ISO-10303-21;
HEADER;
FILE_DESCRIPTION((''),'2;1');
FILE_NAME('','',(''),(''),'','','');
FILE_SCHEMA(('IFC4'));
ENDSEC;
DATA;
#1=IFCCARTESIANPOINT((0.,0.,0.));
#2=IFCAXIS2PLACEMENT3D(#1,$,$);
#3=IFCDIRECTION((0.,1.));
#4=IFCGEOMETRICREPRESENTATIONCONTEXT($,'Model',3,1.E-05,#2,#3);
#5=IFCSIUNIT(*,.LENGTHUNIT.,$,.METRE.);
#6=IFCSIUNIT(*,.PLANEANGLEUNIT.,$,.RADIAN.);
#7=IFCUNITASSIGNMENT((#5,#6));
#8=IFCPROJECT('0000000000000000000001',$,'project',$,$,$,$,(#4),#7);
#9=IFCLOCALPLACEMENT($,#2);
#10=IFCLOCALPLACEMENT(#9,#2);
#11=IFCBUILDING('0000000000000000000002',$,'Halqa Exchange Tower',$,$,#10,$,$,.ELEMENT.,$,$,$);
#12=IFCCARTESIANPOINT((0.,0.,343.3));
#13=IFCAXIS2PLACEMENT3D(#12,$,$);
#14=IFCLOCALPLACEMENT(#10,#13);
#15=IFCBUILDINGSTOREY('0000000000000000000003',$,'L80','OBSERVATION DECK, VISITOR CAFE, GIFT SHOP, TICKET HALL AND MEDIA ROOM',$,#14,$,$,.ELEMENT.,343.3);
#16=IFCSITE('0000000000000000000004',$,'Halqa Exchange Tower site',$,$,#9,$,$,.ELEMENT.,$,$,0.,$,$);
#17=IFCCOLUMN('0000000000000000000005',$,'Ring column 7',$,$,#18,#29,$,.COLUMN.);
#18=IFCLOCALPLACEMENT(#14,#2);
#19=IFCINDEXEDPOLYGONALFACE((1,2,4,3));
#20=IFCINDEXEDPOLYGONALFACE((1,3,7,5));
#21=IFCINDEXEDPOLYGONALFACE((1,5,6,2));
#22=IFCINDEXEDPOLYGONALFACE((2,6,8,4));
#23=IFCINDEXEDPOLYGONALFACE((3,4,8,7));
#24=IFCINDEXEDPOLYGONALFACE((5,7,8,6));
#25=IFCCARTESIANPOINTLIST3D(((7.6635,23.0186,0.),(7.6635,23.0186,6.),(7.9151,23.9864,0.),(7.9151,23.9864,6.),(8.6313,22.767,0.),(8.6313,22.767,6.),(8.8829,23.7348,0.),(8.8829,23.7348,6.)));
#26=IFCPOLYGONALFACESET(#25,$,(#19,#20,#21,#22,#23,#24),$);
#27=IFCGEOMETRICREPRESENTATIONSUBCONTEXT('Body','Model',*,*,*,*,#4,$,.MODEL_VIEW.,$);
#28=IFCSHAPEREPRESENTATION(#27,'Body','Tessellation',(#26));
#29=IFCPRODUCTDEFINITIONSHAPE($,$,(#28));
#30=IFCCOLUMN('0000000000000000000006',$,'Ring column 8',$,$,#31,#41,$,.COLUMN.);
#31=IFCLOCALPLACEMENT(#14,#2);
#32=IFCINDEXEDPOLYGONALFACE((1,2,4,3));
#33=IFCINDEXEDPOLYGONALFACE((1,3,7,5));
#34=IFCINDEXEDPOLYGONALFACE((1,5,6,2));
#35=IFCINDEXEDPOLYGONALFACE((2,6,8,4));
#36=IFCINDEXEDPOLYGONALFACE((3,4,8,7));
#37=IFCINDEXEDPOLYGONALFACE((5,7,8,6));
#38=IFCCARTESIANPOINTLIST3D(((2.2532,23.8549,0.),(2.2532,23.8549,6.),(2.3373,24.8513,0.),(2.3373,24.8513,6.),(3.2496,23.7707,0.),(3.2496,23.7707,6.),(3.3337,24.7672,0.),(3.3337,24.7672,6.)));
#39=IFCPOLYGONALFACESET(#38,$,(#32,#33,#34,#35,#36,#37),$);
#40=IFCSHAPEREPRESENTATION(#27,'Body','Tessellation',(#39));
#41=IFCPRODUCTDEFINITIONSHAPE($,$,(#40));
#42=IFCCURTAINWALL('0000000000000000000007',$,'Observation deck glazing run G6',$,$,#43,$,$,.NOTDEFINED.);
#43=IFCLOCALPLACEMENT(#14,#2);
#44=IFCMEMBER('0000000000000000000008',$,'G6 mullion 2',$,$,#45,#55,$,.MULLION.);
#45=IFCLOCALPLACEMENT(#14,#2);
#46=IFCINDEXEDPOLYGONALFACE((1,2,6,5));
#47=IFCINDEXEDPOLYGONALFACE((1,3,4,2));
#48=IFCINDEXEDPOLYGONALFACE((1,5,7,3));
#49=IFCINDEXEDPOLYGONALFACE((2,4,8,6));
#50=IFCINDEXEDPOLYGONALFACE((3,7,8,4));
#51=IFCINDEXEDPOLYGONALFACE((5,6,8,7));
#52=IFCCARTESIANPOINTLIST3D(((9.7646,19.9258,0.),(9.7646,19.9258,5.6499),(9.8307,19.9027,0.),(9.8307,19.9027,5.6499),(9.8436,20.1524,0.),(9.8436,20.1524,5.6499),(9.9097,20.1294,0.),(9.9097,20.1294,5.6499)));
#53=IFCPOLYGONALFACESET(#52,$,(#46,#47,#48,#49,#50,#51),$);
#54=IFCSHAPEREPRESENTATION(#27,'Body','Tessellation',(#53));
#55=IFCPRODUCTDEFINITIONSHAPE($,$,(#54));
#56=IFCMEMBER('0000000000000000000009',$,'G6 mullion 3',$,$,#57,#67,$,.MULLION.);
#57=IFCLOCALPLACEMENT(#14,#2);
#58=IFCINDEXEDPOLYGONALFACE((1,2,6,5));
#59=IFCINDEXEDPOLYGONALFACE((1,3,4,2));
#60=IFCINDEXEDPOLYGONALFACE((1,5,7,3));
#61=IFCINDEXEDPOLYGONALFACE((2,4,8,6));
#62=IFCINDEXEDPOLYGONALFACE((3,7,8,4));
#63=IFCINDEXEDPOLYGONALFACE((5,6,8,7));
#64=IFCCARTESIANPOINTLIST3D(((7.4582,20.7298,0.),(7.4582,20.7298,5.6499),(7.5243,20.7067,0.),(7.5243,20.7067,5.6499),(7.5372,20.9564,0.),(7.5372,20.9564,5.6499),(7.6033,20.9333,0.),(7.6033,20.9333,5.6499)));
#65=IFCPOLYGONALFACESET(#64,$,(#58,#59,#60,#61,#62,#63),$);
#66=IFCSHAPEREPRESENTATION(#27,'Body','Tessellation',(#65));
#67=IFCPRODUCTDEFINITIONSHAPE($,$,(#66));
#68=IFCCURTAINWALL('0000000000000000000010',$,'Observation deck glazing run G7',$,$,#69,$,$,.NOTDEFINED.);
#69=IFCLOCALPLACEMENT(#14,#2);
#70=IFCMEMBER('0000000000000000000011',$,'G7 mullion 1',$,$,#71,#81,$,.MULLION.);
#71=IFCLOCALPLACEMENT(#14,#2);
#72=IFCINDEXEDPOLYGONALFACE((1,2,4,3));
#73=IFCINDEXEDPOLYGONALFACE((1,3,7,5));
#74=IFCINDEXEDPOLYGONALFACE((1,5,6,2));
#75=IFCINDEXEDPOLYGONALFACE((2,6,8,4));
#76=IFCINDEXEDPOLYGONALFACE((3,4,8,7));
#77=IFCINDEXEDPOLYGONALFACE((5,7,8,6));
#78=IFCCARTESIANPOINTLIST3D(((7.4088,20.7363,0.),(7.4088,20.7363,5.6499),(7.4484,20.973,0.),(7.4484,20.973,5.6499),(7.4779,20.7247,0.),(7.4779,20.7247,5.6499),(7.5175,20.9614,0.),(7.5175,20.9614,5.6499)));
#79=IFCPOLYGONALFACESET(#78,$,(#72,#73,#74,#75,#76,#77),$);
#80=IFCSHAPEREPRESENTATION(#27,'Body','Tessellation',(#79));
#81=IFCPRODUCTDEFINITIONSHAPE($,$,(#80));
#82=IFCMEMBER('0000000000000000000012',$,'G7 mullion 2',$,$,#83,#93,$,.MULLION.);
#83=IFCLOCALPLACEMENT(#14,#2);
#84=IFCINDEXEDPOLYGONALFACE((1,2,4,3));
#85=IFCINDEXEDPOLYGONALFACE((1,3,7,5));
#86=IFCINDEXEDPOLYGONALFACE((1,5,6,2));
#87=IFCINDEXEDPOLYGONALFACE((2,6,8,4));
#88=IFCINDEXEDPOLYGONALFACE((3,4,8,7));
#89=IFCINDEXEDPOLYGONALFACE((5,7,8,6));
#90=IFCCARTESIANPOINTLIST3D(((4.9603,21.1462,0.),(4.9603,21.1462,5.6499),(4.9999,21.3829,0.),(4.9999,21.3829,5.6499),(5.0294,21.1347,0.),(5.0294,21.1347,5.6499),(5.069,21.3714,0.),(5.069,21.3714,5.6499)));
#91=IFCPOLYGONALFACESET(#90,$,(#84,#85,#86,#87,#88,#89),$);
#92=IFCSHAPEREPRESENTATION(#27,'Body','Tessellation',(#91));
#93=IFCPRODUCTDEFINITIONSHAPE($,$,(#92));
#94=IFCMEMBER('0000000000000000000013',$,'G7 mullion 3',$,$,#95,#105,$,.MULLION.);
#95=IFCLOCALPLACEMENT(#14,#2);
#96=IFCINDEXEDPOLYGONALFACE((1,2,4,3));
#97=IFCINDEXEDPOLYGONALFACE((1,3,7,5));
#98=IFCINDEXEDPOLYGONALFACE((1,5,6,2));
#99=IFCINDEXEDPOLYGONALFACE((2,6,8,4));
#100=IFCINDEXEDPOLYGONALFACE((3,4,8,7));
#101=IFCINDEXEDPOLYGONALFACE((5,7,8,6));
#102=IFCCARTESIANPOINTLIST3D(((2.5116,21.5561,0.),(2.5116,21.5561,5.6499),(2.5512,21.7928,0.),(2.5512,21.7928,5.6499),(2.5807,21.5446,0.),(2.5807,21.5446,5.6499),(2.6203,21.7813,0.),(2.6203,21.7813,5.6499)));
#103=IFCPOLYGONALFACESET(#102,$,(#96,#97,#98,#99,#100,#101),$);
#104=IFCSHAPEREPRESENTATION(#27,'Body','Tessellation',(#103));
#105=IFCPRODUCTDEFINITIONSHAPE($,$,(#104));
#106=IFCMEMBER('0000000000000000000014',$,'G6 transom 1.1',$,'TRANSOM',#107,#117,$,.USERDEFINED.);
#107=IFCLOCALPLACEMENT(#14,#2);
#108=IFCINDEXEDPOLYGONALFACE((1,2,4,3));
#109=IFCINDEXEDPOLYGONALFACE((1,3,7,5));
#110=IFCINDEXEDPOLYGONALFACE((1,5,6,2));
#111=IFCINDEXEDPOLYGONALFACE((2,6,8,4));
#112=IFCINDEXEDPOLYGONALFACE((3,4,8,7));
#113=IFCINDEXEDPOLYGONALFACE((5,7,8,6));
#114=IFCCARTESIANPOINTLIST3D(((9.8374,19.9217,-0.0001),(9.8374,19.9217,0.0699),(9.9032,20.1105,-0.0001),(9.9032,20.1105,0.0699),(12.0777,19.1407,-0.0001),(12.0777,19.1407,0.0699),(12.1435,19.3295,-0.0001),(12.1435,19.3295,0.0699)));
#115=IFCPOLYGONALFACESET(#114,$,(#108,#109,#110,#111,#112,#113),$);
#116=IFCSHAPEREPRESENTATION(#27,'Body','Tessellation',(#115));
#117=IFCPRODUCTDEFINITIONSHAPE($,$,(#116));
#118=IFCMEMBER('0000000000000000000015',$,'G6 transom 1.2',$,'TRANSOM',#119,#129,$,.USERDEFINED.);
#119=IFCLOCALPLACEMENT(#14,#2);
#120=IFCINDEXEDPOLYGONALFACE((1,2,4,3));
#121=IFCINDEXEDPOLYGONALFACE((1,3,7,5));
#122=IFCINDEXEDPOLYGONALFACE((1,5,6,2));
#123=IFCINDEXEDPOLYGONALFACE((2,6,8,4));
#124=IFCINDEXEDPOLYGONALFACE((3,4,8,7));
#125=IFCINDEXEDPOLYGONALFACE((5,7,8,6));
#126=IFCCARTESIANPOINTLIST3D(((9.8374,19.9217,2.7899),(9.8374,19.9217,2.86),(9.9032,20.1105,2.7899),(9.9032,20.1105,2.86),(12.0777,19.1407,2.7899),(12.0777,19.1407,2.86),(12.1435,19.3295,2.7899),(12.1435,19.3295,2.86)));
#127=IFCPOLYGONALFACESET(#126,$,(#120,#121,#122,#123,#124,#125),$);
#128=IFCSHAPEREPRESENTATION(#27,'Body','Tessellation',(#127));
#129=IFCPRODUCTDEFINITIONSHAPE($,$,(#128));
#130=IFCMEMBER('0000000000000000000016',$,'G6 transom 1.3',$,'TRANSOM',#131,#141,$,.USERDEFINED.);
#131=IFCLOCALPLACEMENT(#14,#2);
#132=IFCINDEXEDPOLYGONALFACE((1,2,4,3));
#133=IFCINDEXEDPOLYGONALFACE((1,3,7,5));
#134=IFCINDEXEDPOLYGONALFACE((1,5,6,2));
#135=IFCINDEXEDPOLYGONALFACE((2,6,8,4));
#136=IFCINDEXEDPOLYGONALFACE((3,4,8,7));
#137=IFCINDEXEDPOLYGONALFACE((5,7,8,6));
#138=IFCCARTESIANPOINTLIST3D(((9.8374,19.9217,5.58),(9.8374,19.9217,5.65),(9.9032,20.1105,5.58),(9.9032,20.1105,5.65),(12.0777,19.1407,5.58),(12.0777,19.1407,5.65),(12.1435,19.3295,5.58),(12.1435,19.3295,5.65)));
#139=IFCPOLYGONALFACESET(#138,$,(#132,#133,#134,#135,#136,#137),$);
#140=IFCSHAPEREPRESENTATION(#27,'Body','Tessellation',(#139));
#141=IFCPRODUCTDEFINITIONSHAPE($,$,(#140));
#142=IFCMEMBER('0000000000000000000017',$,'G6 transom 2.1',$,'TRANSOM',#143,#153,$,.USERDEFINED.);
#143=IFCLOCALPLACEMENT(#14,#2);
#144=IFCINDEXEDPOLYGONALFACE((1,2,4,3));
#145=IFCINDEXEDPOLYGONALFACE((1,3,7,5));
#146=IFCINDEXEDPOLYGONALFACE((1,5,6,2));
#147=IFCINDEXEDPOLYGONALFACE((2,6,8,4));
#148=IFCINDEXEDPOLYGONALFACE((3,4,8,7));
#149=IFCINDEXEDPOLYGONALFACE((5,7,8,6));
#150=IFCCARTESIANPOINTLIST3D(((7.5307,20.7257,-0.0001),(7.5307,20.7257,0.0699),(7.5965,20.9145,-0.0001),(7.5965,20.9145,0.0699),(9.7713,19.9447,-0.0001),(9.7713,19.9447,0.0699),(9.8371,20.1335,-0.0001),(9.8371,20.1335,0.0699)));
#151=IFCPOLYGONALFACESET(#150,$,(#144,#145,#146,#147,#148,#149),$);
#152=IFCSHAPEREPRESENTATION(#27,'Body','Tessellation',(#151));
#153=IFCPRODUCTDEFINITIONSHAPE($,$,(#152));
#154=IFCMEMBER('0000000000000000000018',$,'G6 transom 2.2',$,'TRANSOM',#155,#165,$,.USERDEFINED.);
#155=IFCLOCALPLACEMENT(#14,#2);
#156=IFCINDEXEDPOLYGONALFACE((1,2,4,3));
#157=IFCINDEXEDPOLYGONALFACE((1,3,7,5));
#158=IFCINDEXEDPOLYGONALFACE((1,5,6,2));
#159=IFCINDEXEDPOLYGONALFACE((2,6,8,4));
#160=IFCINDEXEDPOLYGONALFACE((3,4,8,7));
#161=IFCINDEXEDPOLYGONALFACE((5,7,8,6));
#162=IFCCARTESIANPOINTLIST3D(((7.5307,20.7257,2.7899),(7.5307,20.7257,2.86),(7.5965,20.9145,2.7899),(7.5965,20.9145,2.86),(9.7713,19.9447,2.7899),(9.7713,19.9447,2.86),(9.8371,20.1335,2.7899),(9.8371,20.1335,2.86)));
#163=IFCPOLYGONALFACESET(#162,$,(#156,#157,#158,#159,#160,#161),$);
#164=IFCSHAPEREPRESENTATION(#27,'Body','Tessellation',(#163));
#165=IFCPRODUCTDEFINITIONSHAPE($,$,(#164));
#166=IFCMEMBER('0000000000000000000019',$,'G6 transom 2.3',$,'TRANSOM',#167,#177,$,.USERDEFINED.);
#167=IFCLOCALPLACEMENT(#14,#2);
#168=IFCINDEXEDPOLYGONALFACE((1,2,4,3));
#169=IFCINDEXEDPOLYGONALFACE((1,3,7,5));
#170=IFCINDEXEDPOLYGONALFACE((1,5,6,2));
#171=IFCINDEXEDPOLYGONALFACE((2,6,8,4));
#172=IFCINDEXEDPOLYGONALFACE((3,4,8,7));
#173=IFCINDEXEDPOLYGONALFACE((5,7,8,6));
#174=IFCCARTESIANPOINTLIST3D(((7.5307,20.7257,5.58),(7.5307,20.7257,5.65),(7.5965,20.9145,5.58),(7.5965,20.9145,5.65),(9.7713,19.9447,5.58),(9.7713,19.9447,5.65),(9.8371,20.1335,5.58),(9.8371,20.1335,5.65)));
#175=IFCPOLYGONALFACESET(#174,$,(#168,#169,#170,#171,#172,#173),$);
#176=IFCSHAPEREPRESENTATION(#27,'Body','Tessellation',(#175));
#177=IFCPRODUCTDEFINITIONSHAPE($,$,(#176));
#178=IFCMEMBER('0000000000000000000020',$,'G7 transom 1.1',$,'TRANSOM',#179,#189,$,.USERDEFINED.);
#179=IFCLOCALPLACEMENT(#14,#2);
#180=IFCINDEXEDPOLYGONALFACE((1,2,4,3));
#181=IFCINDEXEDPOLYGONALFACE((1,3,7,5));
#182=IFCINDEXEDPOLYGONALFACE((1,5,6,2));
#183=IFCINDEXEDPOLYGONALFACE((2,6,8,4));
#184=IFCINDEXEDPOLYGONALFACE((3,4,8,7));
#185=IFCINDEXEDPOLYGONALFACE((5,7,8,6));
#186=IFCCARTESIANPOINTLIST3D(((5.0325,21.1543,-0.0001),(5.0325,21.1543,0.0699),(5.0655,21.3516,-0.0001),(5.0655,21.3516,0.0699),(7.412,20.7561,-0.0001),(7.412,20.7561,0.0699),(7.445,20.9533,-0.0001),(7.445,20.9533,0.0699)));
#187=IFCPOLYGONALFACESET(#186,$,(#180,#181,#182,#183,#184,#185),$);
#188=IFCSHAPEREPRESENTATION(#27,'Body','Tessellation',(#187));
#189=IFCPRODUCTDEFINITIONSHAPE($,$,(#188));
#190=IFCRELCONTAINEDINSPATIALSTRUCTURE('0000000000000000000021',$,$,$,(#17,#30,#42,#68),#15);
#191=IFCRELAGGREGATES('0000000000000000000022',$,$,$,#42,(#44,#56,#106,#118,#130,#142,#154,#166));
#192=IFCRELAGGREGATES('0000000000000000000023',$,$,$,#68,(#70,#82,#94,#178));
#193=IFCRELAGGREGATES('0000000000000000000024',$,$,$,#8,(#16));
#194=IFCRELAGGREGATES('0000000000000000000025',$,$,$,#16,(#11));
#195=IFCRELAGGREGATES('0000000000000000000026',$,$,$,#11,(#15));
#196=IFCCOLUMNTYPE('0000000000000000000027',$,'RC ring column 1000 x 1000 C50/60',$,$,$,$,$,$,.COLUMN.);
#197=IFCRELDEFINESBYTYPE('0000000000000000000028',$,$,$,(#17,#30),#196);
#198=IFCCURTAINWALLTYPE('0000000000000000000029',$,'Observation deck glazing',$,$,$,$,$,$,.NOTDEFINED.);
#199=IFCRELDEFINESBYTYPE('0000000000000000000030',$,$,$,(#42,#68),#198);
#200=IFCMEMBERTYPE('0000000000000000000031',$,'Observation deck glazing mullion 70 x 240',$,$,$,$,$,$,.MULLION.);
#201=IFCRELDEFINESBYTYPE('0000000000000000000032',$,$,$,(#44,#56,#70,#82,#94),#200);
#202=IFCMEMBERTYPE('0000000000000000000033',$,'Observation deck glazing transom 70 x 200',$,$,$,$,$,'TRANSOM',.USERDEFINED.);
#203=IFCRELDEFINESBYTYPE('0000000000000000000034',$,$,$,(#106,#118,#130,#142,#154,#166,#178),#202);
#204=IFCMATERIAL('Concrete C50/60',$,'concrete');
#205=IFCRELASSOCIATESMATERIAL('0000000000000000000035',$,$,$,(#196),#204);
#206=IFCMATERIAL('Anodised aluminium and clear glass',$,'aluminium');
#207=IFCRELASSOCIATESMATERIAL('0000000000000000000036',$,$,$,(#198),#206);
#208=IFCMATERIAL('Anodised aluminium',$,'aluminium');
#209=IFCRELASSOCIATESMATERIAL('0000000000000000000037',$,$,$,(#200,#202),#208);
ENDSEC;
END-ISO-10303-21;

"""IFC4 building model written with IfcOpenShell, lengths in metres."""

from ifc_helpers import new_model, si_unit, direction, frame, origin, origin_2d, place, context, subcontext, project, spatial, rectangle, extrude, material, material_profile, profile_set, type_object, element, aggregate, save


model = new_model("IFC4")

# Units and contexts
model_context = context("Model", 3, precision=1e-05, world=origin(), true_north=direction((0.0, 1.0)))
body_context = subcontext(model_context, "Body", "Model", "MODEL_VIEW")
ifc_project = project(units=[si_unit("LENGTHUNIT", "METRE"), si_unit("PLANEANGLEUNIT", "RADIAN")], contexts=[model_context])

# Site, building, storey
site_placement = place(None, origin())
site = spatial("IfcSite", under=ifc_project, at=site_placement, Name="Halqa Exchange Tower site", CompositionType="ELEMENT", RefElevation=0.0)
building_placement = place(site_placement, origin())
building = spatial("IfcBuilding", under=site, at=building_placement, Name="Halqa Exchange Tower", CompositionType="ELEMENT")
storey_placement = place(building_placement, frame((0.0, 0.0, 343.3)))
storey = spatial("IfcBuildingStorey", under=building, at=storey_placement, Name="L80", Description="OBSERVATION DECK, VISITOR CAFE, GIFT SHOP, TICKET HALL AND MEDIA ROOM", CompositionType="ELEMENT", Elevation=343.3)

# Columns
ifc_material_1 = material(Name="Concrete C50/60", Category="concrete")
ifc_material_profile_1 = material_profile(ifc_material_1, rectangle(XDim=1.0, YDim=1.0, at=origin_2d()), Name="1000 x 1000")
ifc_profile_set_1 = profile_set([ifc_material_profile_1], Name="Concrete C50/60")
column_type = type_object("IfcColumnType", Name="RC ring column 1000 x 1000 C50/60", PredefinedType="COLUMN", material=ifc_profile_set_1)
for number, where, z_axis, x_axis, name in (
    (1, (8.2732, 23.3767, 0.0), (0.0, 0.0, 1.0), (-0.967819, 0.251647, 0.0), "Ring column 7"),
    (2, (2.7935, 24.311, 0.0), (0.0, 0.0, 1.0), (-0.996455, 0.084127, 0.0), "Ring column 8"),
):
    element("IfcColumn", number, at=place(storey_placement, frame(where, z_axis=z_axis, x_axis=x_axis)), inside=storey, type_object=column_type, Name=name, PredefinedType="COLUMN", context=body_context, shape_type="SweptSolid", body=[
        extrude(rectangle(XDim=1.0, YDim=1.0, at=origin_2d()), origin(), (0.0, 0.0, 1.0), 6.0),
    ])

# Curtain walls, members
ifc_material_2 = material(Name="Anodised aluminium and clear glass", Category="aluminium")
curtain_wall_type = type_object("IfcCurtainWallType", Name="Observation deck glazing", PredefinedType="NOTDEFINED", material=ifc_material_2)
curtain_wall_1_placement = place(storey_placement, origin())
curtain_wall_1 = element("IfcCurtainWall", 3, at=curtain_wall_1_placement, inside=storey, type_object=curtain_wall_type, Name="Observation deck glazing run G6", PredefinedType="NOTDEFINED")
ifc_material_3 = material(Name="Anodised aluminium", Category="aluminium")
ifc_material_profile_2 = material_profile(ifc_material_3, rectangle(XDim=0.24, YDim=0.0701, at=origin_2d()), Name="AL 70x240")
ifc_profile_set_2 = profile_set([ifc_material_profile_2], Name="Anodised aluminium")
member_type_1 = type_object("IfcMemberType", Name="Observation deck glazing mullion 70 x 240", PredefinedType="MULLION", material=ifc_profile_set_2)
member_1_placement = place(storey_placement, frame((9.8372, 20.0276, 0.0), z_axis=(0.0, 0.0, 1.0), x_axis=(-0.32916, -0.944274, 0.0)))
member_1 = element("IfcMember", 4, at=member_1_placement, type_object=member_type_1, Name="G6 mullion 2", PredefinedType="MULLION", context=body_context, shape_type="SweptSolid", body=[
    extrude(rectangle(XDim=0.24, YDim=0.0701, at=origin_2d()), origin(), (0.0, 0.0, 1.0), 5.6499),
])
member_2_placement = place(storey_placement, frame((7.5308, 20.8315, 0.0), z_axis=(0.0, 0.0, 1.0), x_axis=(-0.32916, -0.944274, 0.0)))
member_2 = element("IfcMember", 5, at=member_2_placement, type_object=member_type_1, Name="G6 mullion 3", PredefinedType="MULLION", context=body_context, shape_type="SweptSolid", body=[
    extrude(rectangle(XDim=0.24, YDim=0.0701, at=origin_2d()), origin(), (0.0, 0.0, 1.0), 5.6499),
])
curtain_wall_2_placement = place(storey_placement, origin())
curtain_wall_2 = element("IfcCurtainWall", 6, at=curtain_wall_2_placement, inside=storey, type_object=curtain_wall_type, Name="Observation deck glazing run G7", PredefinedType="NOTDEFINED")
member_3_placement = place(storey_placement, frame((7.4631, 20.8489, 0.0), z_axis=(0.0, 0.0, 1.0), x_axis=(-0.165117, -0.986274, 0.0)))
member_3 = element("IfcMember", 7, at=member_3_placement, type_object=member_type_1, Name="G7 mullion 1", PredefinedType="MULLION", context=body_context, shape_type="SweptSolid", body=[
    extrude(rectangle(XDim=0.24, YDim=0.0701, at=origin_2d()), origin(), (0.0, 0.0, 1.0), 5.6499),
])
member_4_placement = place(storey_placement, frame((5.0146, 21.2588, 0.0), z_axis=(0.0, 0.0, 1.0), x_axis=(-0.165117, -0.986274, 0.0)))
member_4 = element("IfcMember", 8, at=member_4_placement, type_object=member_type_1, Name="G7 mullion 2", PredefinedType="MULLION", context=body_context, shape_type="SweptSolid", body=[
    extrude(rectangle(XDim=0.24, YDim=0.0701, at=origin_2d()), origin(), (0.0, 0.0, 1.0), 5.6499),
])
member_5_placement = place(storey_placement, frame((2.5659, 21.6687, 0.0), z_axis=(0.0, 0.0, 1.0), x_axis=(-0.165117, -0.986274, 0.0)))
member_5 = element("IfcMember", 9, at=member_5_placement, type_object=member_type_1, Name="G7 mullion 3", PredefinedType="MULLION", context=body_context, shape_type="SweptSolid", body=[
    extrude(rectangle(XDim=0.24, YDim=0.0701, at=origin_2d()), origin(), (0.0, 0.0, 1.0), 5.6499),
])

# Members
ifc_material_profile_3 = material_profile(ifc_material_3, rectangle(XDim=0.2, YDim=0.0701, at=origin_2d()), Name="AL 70x200")
ifc_profile_set_3 = profile_set([ifc_material_profile_3], Name="Anodised aluminium")
member_type_2 = type_object("IfcMemberType", Name="Observation deck glazing transom 70 x 200", ElementType="TRANSOM", PredefinedType="USERDEFINED", material=ifc_profile_set_3)
member_6_placement = place(storey_placement, frame((12.1106, 19.2351, 0.0349), z_axis=(-0.944262, 0.329195, 0.0), x_axis=(-0.329195, -0.944262, 0.0)))
member_6 = element("IfcMember", 10, at=member_6_placement, type_object=member_type_2, Name="G6 transom 1.1", ObjectType="TRANSOM", PredefinedType="USERDEFINED", context=body_context, shape_type="SweptSolid", body=[
    extrude(rectangle(XDim=0.2, YDim=0.0701, at=origin_2d()), origin(), (0.0, 0.0, 1.0), 2.3726),
])
member_7_placement = place(storey_placement, frame((12.1106, 19.2351, 2.825), z_axis=(-0.944262, 0.329195, 0.0), x_axis=(-0.329195, -0.944262, 0.0)))
member_7 = element("IfcMember", 11, at=member_7_placement, type_object=member_type_2, Name="G6 transom 1.2", ObjectType="TRANSOM", PredefinedType="USERDEFINED", context=body_context, shape_type="SweptSolid", body=[
    extrude(rectangle(XDim=0.2, YDim=0.0701, at=origin_2d()), origin(), (0.0, 0.0, 1.0), 2.3726),
])
member_8_placement = place(storey_placement, frame((12.1106, 19.2351, 5.615), z_axis=(-0.944262, 0.329195, 0.0), x_axis=(-0.329195, -0.944262, 0.0)))
member_8 = element("IfcMember", 12, at=member_8_placement, type_object=member_type_2, Name="G6 transom 1.3", ObjectType="TRANSOM", PredefinedType="USERDEFINED", context=body_context, shape_type="SweptSolid", body=[
    extrude(rectangle(XDim=0.2, YDim=0.0701, at=origin_2d()), origin(), (0.0, 0.0, 1.0), 2.3726),
])
member_9_placement = place(storey_placement, frame((9.8042, 20.0391, 0.0349), z_axis=(-0.944273, 0.329163, 0.0), x_axis=(-0.329163, -0.944273, 0.0)))
member_9 = element("IfcMember", 13, at=member_9_placement, type_object=member_type_2, Name="G6 transom 2.1", ObjectType="TRANSOM", PredefinedType="USERDEFINED", context=body_context, shape_type="SweptSolid", body=[
    extrude(rectangle(XDim=0.2, YDim=0.0701, at=origin_2d()), origin(), (0.0, 0.0, 1.0), 2.3728),
])
member_10_placement = place(storey_placement, frame((9.8042, 20.0391, 2.825), z_axis=(-0.944273, 0.329163, 0.0), x_axis=(-0.329163, -0.944273, 0.0)))
member_10 = element("IfcMember", 14, at=member_10_placement, type_object=member_type_2, Name="G6 transom 2.2", ObjectType="TRANSOM", PredefinedType="USERDEFINED", context=body_context, shape_type="SweptSolid", body=[
    extrude(rectangle(XDim=0.2, YDim=0.0701, at=origin_2d()), origin(), (0.0, 0.0, 1.0), 2.3728),
])
member_11_placement = place(storey_placement, frame((9.8042, 20.0391, 5.615), z_axis=(-0.944273, 0.329163, 0.0), x_axis=(-0.329163, -0.944273, 0.0)))
member_11 = element("IfcMember", 15, at=member_11_placement, type_object=member_type_2, Name="G6 transom 2.3", ObjectType="TRANSOM", PredefinedType="USERDEFINED", context=body_context, shape_type="SweptSolid", body=[
    extrude(rectangle(XDim=0.2, YDim=0.0701, at=origin_2d()), origin(), (0.0, 0.0, 1.0), 2.3728),
])
member_12_placement = place(storey_placement, frame((7.4285, 20.8547, 0.0349), z_axis=(-0.986284, 0.165055, 0.0), x_axis=(-0.165055, -0.986284, 0.0)))
member_12 = element("IfcMember", 16, at=member_12_placement, type_object=member_type_2, Name="G7 transom 1.1", ObjectType="TRANSOM", PredefinedType="USERDEFINED", context=body_context, shape_type="SweptSolid", body=[
    extrude(rectangle(XDim=0.2, YDim=0.0701, at=origin_2d()), origin(), (0.0, 0.0, 1.0), 2.4126),
])

aggregate(curtain_wall_1, [member_1, member_2, member_6, member_7, member_8, member_9, member_10, member_11])
aggregate(curtain_wall_2, [member_3, member_4, member_5, member_12])

save(model, "model.ifc")
